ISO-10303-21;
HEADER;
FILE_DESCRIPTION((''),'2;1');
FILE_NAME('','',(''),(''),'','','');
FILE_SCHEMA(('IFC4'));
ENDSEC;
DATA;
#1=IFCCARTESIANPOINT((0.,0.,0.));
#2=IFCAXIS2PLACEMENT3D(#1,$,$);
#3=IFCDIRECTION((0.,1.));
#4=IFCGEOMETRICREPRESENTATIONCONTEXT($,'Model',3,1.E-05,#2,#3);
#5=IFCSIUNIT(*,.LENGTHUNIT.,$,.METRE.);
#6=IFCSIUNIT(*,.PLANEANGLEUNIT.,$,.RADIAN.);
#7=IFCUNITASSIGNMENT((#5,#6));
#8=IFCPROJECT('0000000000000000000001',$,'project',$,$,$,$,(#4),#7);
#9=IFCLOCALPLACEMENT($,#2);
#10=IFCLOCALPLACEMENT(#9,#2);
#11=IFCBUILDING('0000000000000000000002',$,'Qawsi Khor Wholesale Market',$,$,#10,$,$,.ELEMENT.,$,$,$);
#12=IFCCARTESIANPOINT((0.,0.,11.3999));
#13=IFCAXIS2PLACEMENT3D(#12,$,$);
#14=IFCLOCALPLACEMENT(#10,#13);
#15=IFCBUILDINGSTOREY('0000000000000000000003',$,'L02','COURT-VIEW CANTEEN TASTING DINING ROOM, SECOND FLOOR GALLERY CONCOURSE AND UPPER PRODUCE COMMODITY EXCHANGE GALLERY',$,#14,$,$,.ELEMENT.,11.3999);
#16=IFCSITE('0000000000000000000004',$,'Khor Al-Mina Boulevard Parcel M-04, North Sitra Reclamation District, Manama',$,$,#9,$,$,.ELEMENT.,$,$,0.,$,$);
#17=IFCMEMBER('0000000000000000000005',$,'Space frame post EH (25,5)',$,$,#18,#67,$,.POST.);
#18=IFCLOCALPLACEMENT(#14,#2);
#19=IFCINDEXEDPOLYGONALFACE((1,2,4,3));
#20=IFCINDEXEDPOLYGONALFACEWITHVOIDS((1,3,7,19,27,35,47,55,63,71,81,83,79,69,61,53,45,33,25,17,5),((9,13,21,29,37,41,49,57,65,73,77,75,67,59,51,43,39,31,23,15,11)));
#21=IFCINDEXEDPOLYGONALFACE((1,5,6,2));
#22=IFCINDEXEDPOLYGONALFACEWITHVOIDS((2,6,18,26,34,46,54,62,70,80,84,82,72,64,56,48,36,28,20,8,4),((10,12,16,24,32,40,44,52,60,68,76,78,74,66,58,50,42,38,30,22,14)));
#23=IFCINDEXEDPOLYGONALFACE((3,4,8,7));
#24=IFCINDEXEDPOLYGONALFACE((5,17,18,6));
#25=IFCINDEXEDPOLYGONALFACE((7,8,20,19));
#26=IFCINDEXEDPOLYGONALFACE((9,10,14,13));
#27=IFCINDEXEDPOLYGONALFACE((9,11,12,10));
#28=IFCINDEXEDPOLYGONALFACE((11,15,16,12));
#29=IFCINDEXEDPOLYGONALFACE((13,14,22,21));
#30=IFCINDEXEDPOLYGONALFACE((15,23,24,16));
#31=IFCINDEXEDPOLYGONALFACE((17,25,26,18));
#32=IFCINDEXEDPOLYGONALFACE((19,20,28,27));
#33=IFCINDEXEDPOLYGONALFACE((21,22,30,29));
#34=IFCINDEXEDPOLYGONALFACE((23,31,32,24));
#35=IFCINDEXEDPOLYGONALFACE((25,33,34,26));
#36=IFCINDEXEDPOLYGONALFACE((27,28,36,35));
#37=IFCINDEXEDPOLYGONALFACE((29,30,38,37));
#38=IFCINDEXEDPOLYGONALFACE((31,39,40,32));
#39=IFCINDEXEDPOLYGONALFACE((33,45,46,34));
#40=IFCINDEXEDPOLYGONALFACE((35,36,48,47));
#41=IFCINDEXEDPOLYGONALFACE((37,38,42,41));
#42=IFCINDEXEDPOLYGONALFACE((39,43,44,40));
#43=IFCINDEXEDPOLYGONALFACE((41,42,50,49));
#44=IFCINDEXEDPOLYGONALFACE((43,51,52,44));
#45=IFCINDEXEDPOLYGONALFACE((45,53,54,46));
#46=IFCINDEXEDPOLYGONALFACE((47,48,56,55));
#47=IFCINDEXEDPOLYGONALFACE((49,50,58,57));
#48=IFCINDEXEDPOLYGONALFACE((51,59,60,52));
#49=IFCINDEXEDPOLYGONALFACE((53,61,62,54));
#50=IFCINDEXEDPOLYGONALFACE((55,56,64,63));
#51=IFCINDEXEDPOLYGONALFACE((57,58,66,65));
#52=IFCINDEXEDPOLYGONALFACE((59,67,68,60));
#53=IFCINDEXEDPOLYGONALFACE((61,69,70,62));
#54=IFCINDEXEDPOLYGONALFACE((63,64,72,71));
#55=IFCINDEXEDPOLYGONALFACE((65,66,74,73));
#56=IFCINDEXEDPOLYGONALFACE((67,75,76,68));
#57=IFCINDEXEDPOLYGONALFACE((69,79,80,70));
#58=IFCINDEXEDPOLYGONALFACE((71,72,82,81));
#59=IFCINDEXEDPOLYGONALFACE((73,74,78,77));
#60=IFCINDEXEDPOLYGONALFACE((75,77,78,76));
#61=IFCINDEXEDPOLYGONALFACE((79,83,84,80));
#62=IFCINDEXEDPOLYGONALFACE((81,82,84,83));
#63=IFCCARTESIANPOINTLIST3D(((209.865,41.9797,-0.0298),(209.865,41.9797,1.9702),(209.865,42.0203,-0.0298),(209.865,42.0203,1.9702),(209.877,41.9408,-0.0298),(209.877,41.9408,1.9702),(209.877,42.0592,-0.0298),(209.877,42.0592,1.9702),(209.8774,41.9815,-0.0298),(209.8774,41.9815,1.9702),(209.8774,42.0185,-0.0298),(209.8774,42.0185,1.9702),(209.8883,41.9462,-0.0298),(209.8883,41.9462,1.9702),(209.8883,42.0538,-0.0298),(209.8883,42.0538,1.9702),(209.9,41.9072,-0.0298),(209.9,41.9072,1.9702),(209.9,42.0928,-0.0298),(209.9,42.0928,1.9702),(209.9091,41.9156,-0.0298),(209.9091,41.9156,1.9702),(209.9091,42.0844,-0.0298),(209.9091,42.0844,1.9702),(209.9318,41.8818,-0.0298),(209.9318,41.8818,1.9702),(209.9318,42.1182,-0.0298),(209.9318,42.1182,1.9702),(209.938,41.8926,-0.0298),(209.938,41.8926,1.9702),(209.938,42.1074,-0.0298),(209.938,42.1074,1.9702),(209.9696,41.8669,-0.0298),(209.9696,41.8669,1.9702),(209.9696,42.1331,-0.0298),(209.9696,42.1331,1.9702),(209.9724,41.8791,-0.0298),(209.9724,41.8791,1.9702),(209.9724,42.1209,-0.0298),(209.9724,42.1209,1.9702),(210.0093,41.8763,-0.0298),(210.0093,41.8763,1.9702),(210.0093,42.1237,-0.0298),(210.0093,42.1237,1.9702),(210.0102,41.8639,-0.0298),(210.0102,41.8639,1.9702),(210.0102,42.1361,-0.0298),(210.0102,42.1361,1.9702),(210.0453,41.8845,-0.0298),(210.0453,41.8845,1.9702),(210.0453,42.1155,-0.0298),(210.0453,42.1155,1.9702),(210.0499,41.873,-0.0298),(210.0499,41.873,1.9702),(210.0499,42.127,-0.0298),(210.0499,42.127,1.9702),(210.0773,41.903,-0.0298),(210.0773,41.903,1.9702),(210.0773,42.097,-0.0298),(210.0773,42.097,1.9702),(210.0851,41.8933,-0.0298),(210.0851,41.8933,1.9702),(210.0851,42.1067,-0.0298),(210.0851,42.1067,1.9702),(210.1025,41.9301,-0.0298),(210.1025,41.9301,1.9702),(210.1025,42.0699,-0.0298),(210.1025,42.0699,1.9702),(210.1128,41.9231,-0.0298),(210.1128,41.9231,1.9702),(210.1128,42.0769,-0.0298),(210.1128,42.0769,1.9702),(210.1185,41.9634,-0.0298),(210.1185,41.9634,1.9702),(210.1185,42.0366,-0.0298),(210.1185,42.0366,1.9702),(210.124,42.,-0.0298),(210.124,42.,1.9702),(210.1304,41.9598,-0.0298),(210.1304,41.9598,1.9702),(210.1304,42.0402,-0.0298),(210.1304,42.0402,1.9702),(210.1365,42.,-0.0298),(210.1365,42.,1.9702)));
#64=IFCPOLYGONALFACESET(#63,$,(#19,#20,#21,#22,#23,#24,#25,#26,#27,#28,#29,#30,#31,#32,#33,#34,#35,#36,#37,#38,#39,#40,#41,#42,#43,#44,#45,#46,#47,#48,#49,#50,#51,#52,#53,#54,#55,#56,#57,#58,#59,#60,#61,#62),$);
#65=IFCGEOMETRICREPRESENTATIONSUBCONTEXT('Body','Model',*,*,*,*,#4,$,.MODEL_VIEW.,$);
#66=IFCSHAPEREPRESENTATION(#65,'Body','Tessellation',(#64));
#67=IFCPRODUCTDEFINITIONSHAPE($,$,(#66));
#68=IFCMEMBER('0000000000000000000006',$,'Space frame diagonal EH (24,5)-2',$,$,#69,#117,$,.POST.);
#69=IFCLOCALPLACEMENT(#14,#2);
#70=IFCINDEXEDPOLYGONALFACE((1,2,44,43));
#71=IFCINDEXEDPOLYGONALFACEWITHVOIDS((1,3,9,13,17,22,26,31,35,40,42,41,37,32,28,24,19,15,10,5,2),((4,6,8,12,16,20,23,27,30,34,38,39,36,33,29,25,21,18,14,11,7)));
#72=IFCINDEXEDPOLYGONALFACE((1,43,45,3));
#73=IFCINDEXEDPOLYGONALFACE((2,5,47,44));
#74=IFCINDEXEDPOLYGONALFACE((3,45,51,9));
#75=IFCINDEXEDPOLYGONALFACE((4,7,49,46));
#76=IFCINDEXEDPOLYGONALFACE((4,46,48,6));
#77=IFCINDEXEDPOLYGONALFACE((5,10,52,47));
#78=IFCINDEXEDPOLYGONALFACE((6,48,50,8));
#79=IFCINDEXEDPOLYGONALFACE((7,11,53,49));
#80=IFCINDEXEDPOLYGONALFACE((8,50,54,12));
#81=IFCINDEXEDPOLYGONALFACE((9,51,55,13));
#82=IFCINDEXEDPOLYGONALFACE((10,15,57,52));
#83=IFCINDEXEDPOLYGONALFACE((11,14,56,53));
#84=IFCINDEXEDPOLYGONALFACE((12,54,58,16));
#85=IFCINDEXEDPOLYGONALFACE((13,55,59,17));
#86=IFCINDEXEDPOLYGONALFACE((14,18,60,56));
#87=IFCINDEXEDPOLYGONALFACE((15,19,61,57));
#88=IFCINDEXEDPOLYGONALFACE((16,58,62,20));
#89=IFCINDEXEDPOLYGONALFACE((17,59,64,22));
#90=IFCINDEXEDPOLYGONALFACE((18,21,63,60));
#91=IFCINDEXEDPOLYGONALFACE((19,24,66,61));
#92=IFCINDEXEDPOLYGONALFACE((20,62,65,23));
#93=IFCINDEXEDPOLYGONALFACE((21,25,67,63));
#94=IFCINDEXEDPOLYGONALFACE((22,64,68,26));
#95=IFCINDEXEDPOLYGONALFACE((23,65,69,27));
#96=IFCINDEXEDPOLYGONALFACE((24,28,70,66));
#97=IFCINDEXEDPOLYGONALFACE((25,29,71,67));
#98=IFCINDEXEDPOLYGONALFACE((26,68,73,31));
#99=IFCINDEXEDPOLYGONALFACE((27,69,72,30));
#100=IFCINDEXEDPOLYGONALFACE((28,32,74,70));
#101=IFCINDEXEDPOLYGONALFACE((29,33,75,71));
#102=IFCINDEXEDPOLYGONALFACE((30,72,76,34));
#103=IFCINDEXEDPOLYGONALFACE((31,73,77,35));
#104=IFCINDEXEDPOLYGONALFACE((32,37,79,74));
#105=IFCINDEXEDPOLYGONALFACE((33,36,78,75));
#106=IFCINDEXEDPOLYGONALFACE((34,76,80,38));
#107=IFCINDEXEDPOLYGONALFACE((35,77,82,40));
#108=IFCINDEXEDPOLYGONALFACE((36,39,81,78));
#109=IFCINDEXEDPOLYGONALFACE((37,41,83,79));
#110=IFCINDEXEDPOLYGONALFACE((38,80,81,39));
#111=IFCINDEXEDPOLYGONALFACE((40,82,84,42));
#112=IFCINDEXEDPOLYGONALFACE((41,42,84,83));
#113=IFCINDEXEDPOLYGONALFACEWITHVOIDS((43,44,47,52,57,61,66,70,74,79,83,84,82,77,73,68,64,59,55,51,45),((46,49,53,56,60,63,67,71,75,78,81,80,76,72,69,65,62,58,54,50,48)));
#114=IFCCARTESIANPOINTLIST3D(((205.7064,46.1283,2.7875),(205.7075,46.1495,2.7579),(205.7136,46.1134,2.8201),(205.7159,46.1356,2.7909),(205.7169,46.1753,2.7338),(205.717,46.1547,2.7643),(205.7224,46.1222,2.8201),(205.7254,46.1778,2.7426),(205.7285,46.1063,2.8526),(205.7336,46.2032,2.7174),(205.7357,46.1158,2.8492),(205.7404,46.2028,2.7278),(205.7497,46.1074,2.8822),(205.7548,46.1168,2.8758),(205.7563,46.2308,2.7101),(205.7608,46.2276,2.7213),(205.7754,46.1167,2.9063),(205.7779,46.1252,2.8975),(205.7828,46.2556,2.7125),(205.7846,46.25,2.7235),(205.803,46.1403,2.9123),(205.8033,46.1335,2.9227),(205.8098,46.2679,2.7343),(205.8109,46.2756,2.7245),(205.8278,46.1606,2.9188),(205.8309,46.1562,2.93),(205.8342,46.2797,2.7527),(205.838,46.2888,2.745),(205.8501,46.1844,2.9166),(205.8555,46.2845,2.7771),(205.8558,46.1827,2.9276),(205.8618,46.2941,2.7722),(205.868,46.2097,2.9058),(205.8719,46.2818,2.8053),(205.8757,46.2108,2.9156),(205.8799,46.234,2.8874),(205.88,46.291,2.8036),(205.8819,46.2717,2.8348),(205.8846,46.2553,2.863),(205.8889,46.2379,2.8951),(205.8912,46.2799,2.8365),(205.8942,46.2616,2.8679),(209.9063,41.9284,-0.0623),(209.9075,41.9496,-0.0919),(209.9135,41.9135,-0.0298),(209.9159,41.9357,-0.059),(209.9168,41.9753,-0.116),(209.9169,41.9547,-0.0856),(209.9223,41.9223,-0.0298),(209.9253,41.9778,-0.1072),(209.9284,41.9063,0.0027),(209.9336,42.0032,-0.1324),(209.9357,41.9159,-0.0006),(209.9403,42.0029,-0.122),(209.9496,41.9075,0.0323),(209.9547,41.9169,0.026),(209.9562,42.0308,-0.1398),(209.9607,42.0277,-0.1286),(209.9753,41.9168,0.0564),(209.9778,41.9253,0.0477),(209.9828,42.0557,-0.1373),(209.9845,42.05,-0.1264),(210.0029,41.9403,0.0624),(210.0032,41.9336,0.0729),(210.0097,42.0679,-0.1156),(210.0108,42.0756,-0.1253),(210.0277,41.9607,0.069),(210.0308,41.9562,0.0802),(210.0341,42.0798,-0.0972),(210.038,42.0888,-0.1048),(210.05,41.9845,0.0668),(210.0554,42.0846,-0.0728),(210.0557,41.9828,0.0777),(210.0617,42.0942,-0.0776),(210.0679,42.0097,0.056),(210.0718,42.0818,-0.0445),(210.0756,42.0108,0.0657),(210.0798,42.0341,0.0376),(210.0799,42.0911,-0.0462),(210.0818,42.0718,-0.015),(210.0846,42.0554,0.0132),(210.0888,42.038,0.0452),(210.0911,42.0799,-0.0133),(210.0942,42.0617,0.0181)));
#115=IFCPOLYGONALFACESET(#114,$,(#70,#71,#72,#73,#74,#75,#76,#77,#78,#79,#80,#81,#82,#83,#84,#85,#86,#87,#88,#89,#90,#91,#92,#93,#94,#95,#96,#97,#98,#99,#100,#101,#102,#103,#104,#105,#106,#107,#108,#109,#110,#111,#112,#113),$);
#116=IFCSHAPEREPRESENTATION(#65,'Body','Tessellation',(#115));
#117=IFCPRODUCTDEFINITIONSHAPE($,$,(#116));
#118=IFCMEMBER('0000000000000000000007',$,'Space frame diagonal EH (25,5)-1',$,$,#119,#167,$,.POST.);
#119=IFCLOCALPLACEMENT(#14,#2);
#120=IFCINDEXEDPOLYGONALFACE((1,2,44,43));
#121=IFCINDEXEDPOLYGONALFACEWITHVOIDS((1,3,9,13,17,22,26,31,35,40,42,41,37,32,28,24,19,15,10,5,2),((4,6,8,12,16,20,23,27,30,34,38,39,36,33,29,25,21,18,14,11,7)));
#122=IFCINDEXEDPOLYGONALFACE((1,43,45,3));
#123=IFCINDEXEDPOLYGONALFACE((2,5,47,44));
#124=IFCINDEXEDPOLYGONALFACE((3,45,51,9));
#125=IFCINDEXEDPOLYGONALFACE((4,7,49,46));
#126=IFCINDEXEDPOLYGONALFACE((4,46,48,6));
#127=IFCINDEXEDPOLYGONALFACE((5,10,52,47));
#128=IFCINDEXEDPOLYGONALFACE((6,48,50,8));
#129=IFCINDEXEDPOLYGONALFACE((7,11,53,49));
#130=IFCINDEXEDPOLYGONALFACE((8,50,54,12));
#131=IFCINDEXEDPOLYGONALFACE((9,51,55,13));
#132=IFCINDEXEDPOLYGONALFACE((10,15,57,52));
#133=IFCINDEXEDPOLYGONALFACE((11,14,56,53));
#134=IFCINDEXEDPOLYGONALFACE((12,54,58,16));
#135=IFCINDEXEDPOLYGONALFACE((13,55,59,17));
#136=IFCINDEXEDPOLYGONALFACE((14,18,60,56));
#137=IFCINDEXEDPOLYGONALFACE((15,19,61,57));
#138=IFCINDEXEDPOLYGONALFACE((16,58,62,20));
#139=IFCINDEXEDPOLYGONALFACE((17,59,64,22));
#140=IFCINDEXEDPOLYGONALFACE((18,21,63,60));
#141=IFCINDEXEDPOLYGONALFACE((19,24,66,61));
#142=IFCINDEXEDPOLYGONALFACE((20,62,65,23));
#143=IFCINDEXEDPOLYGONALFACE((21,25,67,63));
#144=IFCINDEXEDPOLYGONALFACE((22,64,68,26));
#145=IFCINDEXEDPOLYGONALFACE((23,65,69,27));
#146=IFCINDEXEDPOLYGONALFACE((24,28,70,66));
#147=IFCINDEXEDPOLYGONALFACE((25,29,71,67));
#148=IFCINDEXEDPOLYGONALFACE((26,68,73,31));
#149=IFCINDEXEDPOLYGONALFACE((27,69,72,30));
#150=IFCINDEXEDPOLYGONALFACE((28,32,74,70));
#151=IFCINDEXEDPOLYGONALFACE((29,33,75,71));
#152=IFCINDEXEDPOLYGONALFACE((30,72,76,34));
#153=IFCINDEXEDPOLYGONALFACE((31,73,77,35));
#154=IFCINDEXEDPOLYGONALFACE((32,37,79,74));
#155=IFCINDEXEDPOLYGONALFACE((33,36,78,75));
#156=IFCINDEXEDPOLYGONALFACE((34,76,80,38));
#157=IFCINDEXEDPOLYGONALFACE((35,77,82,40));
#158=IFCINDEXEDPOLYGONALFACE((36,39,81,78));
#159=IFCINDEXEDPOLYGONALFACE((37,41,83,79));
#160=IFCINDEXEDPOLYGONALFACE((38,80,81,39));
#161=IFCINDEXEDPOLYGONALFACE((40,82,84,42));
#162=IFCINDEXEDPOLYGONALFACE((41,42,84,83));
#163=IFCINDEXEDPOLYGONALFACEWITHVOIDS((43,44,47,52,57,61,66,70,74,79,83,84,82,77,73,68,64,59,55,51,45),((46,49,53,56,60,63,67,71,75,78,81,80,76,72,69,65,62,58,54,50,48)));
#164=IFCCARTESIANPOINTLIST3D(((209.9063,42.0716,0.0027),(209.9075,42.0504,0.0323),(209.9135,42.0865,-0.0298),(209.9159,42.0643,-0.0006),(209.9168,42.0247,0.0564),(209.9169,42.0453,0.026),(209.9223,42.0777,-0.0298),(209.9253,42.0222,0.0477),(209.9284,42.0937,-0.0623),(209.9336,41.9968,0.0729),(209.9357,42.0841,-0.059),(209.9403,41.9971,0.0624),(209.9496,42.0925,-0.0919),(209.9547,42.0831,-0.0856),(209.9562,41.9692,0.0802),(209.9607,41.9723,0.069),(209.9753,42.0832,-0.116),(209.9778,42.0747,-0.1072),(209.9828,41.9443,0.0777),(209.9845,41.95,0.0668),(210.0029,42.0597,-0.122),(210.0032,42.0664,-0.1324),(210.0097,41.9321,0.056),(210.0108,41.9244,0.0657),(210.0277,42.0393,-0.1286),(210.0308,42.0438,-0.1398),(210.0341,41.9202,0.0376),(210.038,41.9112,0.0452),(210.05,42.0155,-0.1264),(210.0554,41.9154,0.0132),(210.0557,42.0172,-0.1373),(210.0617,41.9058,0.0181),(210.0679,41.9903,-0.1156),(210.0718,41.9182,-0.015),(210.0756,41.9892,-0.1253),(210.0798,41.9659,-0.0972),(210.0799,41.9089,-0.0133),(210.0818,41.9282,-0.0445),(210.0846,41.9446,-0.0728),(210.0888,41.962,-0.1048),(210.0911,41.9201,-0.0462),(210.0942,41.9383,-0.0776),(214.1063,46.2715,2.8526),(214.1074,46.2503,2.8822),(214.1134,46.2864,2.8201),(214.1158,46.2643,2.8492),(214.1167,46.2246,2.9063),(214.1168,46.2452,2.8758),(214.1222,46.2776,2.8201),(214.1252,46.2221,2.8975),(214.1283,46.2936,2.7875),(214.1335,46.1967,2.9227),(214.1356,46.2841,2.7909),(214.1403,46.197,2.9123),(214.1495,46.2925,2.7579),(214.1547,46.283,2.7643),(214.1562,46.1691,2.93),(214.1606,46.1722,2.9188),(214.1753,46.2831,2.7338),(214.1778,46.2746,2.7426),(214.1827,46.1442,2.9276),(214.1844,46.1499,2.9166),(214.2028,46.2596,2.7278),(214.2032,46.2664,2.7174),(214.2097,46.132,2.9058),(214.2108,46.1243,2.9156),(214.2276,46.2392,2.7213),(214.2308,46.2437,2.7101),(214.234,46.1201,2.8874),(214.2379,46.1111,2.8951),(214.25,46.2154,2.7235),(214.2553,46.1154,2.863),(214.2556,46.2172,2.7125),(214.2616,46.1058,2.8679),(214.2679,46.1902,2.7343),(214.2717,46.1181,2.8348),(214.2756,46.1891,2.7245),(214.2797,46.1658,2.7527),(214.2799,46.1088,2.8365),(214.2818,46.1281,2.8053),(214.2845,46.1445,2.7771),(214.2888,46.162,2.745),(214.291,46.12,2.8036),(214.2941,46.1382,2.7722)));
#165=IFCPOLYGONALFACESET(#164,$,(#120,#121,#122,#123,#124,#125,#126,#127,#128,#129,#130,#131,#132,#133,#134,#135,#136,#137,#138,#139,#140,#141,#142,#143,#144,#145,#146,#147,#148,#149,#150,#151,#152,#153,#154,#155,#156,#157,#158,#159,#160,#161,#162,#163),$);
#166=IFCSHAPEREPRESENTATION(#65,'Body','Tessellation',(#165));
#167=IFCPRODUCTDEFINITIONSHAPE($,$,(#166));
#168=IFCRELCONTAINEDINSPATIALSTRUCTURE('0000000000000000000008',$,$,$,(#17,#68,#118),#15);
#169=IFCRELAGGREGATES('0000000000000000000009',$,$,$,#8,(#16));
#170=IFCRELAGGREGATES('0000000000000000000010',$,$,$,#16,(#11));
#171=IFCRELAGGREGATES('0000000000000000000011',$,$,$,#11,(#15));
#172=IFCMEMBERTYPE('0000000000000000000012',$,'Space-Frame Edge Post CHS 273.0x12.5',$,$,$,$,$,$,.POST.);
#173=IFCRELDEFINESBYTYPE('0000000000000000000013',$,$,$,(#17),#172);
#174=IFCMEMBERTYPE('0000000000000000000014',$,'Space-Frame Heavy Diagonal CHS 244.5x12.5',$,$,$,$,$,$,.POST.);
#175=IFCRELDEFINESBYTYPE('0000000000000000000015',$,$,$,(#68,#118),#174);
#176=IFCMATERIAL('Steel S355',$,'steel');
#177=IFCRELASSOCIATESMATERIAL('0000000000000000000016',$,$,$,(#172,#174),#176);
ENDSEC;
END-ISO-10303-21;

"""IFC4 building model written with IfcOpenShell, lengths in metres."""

from ifc_helpers import new_model, si_unit, direction, frame, origin, origin_2d, place, context, subcontext, project, spatial, hollow_circle, extrude, material, material_profile, profile_set, type_object, element, save


model = new_model("IFC4")

# Units and contexts
model_context = context("Model", 3, precision=1e-05, world=origin(), true_north=direction((0.0, 1.0)))
body_context = subcontext(model_context, "Body", "Model", "MODEL_VIEW")
ifc_project = project(units=[si_unit("LENGTHUNIT", "METRE"), si_unit("PLANEANGLEUNIT", "RADIAN")], contexts=[model_context])

# Site, building, storey
site_placement = place(None, origin())
site = spatial("IfcSite", under=ifc_project, at=site_placement, Name="Khor Al-Mina Boulevard Parcel M-04, North Sitra Reclamation District, Manama", CompositionType="ELEMENT", RefElevation=0.0)
building_placement = place(site_placement, origin())
building = spatial("IfcBuilding", under=site, at=building_placement, Name="Qawsi Khor Wholesale Market", CompositionType="ELEMENT")
storey_placement = place(building_placement, frame((0.0, 0.0, 11.3999)))
storey = spatial("IfcBuildingStorey", under=building, at=storey_placement, Name="L02", Description="COURT-VIEW CANTEEN TASTING DINING ROOM, SECOND FLOOR GALLERY CONCOURSE AND UPPER PRODUCE COMMODITY EXCHANGE GALLERY", CompositionType="ELEMENT", Elevation=11.3999)

# Members
ifc_material_1 = material(Name="Steel S355", Category="steel")
ifc_material_profile_1 = material_profile(ifc_material_1, hollow_circle(Radius=0.1365, WallThickness=0.0125, at=origin_2d()), Name="CHS 273.0x12.5")
ifc_profile_set_1 = profile_set([ifc_material_profile_1], Name="Steel S355")
member_type_1 = type_object("IfcMemberType", Name="Space-Frame Edge Post CHS 273.0x12.5", PredefinedType="POST", material=ifc_profile_set_1)
member_1_placement = place(storey_placement, frame((210.0, 42.0, -0.0298), z_axis=(0.0, 0.0, 1.0), x_axis=(1.0, 0.0, 0.0)))
element("IfcMember", 1, at=member_1_placement, inside=storey, type_object=member_type_1, Name="Space frame post EH (25,5)", PredefinedType="POST", context=body_context, shape_type="SweptSolid", body=[
    extrude(hollow_circle(Radius=0.1365, WallThickness=0.0125, at=origin_2d()), origin(), (0.0, 0.0, 1.0), 2.0),
])
ifc_material_profile_2 = material_profile(ifc_material_1, hollow_circle(Radius=0.1223, WallThickness=0.0125, at=origin_2d()), Name="CHS 244.5x12.5")
ifc_profile_set_2 = profile_set([ifc_material_profile_2], Name="Steel S355")
member_type_2 = type_object("IfcMemberType", Name="Space-Frame Heavy Diagonal CHS 244.5x12.5", PredefinedType="POST", material=ifc_profile_set_2)
for number, where, z_axis, x_axis, name in (
    (2, (210.0, 42.0, -0.0298), (-0.637522, 0.637522, 0.432587), (-0.707107, -0.707107, 0.0), "Space frame diagonal EH (24,5)-2"),
    (3, (210.0, 42.0, -0.0298), (0.637522, 0.637522, 0.432587), (-0.707107, 0.707107, 0.0), "Space frame diagonal EH (25,5)-1"),
):
    element("IfcMember", number, at=place(storey_placement, frame(where, z_axis=z_axis, x_axis=x_axis)), inside=storey, type_object=member_type_2, Name=name, PredefinedType="POST", context=body_context, shape_type="SweptSolid", body=[
        extrude(hollow_circle(Radius=0.1223, WallThickness=0.0125, at=origin_2d()), origin(), (0.0, 0.0, 1.0), 6.5879),
    ])

save(model, "model.ifc")
